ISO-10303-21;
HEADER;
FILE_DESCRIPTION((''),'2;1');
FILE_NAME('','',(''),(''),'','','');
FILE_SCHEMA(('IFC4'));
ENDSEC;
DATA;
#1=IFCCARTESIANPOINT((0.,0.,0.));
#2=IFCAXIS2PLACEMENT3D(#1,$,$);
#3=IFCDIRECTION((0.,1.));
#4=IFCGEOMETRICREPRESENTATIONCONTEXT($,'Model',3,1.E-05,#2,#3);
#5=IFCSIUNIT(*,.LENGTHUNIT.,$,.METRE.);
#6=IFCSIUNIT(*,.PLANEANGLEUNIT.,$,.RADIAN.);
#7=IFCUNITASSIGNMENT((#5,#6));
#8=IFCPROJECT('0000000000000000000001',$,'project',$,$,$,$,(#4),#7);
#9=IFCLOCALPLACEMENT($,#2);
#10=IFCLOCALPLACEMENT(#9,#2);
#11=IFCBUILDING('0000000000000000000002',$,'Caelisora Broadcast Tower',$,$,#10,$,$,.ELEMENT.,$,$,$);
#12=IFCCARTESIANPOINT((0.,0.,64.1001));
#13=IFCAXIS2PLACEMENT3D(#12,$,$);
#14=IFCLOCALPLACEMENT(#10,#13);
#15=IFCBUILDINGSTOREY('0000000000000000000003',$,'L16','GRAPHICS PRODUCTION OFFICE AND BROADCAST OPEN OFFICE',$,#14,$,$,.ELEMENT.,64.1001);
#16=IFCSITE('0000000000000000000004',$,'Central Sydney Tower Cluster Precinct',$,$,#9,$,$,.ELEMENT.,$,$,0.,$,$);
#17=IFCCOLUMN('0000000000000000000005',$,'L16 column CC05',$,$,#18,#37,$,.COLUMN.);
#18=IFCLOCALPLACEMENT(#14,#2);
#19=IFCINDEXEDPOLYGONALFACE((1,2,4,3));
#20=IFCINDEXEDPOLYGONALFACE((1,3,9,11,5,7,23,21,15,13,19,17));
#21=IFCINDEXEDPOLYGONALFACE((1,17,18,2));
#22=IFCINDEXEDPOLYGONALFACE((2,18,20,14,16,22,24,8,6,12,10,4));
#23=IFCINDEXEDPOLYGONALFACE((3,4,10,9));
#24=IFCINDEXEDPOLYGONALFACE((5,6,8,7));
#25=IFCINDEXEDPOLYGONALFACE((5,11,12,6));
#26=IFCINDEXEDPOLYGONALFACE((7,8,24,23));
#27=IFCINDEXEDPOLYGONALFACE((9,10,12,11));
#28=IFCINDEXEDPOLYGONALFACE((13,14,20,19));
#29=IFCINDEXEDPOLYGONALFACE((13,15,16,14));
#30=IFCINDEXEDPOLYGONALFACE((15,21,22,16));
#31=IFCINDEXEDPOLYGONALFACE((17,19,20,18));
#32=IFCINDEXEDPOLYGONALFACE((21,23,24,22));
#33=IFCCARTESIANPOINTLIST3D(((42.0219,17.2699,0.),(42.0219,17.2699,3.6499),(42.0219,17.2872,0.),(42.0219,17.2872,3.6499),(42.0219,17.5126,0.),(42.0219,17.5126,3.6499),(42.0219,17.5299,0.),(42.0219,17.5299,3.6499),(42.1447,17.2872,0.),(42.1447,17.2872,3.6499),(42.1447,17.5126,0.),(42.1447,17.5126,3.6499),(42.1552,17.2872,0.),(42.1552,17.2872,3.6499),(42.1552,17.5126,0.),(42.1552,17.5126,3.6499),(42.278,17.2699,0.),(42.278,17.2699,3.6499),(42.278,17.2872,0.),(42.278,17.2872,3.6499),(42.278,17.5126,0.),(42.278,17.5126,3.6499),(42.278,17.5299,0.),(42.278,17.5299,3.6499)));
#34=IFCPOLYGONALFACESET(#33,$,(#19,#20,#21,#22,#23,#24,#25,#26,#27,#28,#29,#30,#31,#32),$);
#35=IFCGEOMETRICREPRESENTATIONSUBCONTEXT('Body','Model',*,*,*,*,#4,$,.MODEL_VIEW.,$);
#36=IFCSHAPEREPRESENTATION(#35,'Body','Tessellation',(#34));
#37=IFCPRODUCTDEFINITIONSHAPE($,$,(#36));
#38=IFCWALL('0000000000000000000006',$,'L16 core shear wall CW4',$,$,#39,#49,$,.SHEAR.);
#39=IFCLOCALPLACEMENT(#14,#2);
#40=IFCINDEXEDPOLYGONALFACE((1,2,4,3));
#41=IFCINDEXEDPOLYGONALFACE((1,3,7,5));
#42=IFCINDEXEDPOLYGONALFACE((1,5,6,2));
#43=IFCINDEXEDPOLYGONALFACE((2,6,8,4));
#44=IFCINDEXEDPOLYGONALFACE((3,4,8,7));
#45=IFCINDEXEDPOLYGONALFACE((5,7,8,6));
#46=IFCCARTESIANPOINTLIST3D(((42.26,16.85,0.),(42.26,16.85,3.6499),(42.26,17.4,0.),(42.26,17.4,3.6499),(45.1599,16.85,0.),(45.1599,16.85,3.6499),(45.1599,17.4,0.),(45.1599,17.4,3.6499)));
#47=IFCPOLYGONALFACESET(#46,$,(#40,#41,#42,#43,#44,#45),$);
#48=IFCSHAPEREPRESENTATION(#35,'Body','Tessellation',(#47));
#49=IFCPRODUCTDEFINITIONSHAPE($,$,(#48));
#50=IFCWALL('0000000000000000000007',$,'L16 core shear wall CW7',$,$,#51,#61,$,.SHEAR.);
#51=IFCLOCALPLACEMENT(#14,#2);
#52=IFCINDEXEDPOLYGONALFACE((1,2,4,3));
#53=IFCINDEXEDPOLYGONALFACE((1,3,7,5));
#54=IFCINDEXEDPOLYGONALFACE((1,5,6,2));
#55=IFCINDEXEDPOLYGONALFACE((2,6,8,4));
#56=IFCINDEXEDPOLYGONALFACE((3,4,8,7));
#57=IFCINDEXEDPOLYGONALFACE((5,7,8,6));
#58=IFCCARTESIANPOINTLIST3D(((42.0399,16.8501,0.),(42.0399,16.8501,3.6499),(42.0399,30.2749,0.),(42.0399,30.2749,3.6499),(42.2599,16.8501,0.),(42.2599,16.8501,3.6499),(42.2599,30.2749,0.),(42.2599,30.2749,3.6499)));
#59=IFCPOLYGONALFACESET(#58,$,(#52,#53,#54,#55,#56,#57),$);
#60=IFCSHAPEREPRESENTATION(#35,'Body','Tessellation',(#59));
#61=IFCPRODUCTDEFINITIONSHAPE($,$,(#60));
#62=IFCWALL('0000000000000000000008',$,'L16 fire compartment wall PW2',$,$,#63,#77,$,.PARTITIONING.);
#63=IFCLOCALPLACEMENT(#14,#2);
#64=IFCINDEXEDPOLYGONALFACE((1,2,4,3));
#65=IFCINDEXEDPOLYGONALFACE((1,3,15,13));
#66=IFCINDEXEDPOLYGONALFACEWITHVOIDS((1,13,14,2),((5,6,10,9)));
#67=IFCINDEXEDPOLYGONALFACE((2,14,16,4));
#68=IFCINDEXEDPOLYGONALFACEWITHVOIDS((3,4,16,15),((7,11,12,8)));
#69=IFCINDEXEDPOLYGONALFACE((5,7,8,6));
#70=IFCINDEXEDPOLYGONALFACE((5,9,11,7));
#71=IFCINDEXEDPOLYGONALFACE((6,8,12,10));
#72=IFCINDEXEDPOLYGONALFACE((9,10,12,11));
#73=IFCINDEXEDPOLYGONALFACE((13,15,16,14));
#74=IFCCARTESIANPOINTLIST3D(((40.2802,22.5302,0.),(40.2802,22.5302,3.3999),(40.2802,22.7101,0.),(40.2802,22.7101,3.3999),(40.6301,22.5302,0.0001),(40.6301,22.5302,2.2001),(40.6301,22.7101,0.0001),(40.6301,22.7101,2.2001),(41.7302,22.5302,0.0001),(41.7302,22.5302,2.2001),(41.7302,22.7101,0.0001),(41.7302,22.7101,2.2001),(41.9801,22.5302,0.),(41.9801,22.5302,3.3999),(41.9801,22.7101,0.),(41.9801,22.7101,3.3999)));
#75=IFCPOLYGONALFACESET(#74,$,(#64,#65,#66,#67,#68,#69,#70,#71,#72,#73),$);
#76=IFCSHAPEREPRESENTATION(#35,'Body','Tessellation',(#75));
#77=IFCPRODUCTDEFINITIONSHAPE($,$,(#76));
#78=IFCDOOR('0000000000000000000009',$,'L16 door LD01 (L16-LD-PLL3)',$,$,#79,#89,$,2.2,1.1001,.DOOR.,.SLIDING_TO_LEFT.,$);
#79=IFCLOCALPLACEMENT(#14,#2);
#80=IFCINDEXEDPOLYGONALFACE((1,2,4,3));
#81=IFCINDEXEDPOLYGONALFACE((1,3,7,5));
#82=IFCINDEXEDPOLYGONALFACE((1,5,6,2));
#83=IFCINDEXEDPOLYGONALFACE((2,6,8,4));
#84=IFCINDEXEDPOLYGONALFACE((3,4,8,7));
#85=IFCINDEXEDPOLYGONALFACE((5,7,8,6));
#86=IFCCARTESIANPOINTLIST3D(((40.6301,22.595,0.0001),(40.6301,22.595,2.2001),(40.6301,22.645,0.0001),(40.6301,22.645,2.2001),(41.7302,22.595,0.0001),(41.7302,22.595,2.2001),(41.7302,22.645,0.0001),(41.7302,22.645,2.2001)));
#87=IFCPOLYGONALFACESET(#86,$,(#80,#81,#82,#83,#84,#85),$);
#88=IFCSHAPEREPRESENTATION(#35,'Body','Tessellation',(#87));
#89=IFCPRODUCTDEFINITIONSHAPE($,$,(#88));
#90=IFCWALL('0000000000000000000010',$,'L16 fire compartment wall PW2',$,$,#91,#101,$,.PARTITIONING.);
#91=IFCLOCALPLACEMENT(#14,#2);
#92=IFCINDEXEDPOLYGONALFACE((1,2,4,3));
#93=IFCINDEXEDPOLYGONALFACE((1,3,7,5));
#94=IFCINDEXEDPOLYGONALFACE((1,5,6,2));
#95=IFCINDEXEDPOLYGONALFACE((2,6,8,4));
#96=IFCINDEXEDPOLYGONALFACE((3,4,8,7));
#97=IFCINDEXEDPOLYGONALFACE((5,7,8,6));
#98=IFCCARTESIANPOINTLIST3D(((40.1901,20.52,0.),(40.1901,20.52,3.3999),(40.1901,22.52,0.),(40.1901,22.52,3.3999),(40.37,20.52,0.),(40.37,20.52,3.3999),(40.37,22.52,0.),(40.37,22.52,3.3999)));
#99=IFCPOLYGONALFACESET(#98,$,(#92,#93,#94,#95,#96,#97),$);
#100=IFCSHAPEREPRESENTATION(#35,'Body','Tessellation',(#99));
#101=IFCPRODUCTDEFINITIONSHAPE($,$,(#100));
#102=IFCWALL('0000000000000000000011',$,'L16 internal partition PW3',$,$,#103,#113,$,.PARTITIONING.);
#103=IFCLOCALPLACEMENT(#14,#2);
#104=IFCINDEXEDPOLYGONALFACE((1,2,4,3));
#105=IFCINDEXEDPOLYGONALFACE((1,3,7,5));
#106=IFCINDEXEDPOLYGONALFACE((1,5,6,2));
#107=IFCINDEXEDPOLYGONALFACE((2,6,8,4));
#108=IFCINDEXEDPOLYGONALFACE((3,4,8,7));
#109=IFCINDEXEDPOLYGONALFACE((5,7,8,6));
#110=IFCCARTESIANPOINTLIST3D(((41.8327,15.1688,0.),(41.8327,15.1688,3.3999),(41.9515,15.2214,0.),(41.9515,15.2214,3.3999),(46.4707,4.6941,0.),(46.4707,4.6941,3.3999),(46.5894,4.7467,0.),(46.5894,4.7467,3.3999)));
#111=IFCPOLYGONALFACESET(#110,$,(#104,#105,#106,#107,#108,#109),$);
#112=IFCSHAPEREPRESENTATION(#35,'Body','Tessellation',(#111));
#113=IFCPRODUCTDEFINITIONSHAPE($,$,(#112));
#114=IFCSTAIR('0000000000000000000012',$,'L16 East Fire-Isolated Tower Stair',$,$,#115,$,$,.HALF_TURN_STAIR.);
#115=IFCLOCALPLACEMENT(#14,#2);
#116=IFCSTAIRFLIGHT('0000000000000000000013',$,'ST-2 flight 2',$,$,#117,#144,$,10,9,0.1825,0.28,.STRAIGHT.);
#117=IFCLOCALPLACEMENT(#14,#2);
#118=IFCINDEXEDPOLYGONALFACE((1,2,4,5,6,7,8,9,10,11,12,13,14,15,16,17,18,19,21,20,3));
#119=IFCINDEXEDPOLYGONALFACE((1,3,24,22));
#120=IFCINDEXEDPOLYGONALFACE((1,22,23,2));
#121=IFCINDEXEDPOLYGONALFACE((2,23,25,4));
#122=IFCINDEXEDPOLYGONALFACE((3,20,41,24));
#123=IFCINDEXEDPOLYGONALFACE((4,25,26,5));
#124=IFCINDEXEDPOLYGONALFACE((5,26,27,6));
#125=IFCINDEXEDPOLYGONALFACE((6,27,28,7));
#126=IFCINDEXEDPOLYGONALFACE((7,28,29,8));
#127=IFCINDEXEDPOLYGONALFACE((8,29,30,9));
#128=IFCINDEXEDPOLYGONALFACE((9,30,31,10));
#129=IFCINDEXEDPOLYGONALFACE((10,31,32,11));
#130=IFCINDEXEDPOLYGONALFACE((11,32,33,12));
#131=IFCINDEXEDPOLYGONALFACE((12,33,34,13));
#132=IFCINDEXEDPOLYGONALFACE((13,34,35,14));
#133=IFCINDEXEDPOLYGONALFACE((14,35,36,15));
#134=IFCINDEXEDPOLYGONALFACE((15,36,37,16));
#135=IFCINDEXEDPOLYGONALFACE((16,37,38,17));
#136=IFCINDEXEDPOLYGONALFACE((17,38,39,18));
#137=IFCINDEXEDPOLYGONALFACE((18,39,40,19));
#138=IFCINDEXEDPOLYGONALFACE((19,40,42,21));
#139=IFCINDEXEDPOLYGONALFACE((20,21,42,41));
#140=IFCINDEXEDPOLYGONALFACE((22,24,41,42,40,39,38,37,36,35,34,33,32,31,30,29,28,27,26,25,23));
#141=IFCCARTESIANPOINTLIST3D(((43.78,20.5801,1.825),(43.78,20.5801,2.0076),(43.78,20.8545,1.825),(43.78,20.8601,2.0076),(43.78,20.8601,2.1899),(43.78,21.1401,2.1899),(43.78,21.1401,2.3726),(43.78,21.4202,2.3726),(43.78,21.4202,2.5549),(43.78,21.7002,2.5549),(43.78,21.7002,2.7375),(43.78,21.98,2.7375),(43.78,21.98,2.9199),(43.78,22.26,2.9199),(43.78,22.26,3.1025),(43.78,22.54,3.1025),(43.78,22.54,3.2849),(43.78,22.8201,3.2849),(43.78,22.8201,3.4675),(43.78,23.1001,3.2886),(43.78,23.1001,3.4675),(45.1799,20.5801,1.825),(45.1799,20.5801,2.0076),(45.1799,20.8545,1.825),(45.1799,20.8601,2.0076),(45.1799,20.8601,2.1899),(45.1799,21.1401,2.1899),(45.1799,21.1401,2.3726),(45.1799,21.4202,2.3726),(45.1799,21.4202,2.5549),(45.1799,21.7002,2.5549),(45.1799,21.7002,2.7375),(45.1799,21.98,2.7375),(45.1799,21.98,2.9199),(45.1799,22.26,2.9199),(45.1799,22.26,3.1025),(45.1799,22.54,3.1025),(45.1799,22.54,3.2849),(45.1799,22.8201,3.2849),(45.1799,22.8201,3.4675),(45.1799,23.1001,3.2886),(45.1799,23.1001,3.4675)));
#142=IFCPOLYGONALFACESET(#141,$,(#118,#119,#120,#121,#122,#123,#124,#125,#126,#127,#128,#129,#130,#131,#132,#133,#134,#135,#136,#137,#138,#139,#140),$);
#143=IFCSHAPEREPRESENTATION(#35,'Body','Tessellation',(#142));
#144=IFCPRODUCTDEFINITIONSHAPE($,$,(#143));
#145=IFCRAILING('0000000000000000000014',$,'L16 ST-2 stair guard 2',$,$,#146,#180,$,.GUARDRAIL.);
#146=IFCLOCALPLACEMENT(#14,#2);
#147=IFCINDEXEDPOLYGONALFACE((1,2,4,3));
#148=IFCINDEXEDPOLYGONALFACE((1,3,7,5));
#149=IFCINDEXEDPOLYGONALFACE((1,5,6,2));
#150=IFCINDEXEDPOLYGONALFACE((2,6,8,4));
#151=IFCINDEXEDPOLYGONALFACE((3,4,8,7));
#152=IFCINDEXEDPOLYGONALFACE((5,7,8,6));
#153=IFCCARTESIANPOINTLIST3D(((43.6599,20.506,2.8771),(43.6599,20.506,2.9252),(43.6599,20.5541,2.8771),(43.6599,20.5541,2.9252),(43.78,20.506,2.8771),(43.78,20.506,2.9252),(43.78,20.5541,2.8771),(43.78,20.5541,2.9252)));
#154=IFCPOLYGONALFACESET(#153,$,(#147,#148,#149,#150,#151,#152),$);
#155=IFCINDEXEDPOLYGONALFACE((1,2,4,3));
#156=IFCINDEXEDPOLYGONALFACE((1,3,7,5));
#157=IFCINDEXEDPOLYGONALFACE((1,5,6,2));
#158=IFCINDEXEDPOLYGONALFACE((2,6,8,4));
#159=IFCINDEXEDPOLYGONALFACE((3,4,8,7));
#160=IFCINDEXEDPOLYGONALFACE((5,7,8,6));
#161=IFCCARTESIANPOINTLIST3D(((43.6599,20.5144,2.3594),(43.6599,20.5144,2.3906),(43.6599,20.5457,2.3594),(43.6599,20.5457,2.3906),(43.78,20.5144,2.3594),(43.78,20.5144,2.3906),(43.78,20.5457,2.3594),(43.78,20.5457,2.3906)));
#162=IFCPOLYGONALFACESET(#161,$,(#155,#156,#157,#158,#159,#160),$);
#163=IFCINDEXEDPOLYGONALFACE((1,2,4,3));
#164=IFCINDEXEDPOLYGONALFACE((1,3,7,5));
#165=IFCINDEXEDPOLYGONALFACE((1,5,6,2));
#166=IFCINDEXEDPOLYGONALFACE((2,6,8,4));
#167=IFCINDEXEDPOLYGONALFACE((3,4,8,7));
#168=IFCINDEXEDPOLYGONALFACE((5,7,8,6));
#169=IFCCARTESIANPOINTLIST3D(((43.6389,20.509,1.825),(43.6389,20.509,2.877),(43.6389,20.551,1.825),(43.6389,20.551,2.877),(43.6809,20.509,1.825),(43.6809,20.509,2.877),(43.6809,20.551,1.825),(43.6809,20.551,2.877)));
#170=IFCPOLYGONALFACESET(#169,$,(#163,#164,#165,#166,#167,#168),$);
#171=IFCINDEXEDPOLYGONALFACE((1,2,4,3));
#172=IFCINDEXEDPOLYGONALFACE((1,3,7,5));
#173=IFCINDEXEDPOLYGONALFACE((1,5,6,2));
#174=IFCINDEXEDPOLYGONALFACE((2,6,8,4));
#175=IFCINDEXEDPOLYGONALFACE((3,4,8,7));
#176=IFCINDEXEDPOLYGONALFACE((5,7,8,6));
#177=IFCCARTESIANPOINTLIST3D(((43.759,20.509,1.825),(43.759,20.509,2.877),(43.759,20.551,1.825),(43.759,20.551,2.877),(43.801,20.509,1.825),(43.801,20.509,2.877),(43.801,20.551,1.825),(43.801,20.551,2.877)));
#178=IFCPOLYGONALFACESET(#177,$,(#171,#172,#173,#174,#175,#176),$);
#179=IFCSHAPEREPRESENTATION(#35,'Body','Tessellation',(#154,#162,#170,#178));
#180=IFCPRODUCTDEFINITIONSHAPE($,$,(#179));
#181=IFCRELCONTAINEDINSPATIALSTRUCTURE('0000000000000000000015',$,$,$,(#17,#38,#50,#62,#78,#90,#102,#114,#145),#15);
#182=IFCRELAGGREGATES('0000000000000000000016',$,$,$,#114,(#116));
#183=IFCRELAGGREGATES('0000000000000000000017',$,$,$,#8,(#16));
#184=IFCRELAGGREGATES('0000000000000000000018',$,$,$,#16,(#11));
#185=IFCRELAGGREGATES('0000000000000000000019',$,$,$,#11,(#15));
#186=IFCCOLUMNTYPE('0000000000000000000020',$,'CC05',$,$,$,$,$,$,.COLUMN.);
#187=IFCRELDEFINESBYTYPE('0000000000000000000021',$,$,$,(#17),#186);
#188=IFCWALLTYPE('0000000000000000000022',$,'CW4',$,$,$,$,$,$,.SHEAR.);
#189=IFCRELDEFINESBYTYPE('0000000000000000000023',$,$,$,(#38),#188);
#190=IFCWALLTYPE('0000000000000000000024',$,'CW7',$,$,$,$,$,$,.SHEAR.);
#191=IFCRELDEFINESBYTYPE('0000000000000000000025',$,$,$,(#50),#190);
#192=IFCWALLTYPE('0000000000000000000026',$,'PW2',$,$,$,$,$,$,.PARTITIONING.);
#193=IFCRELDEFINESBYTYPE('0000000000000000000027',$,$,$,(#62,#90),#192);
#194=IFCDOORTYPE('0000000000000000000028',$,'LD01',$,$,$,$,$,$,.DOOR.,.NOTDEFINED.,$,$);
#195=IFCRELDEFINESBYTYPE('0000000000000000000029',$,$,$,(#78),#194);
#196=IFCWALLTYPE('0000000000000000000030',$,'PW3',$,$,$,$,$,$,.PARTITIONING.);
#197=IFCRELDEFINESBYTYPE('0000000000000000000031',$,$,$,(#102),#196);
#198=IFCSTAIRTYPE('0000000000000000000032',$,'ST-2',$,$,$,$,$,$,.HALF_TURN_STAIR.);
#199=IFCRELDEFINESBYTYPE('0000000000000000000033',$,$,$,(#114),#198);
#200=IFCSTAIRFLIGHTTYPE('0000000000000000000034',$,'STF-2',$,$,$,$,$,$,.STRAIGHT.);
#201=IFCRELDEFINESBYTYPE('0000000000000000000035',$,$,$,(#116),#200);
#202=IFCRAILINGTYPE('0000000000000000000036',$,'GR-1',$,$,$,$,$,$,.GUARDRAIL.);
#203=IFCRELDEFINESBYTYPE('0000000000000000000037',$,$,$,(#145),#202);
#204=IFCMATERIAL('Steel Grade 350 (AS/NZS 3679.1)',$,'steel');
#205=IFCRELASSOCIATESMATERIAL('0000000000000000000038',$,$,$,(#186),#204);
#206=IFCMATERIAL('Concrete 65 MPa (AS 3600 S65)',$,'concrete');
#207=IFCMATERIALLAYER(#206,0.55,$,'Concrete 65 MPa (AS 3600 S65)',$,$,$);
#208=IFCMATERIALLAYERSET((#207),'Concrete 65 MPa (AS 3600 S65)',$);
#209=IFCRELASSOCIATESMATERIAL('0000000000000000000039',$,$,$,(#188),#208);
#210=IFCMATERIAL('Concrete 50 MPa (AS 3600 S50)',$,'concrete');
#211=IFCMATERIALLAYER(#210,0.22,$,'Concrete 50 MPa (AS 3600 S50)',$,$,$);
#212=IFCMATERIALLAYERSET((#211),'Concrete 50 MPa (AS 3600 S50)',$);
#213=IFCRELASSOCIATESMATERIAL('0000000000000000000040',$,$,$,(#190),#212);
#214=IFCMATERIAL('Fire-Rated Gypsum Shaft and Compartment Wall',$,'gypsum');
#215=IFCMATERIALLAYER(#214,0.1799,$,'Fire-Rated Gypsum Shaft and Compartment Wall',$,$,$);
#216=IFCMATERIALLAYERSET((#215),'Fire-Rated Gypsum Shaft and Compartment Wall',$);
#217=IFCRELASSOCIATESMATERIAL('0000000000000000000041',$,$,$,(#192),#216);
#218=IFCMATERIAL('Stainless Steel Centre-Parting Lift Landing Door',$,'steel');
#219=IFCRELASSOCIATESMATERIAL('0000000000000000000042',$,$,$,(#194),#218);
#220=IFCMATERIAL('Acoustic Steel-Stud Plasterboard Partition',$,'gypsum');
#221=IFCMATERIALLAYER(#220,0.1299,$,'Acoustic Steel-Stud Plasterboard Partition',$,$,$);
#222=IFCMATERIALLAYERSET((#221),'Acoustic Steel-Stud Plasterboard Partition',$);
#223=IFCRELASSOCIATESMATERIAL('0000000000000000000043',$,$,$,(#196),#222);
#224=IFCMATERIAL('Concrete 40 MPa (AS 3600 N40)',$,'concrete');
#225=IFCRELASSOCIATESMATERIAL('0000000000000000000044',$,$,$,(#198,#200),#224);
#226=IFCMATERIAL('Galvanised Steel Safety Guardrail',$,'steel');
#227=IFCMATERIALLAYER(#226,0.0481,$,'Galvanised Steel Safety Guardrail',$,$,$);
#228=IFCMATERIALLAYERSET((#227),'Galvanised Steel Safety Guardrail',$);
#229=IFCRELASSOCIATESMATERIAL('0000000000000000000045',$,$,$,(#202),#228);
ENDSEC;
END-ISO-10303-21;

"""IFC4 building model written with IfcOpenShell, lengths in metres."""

from ifc_helpers import new_model, si_unit, direction, frame, frame_2d, origin, origin_2d, place, context, subcontext, project, spatial, polyline, rectangle, i_section, outline, extrude, source, transform, mapped, material, layer, layer_set, material_profile, profile_set, type_object, type_shapes, element, fill, aggregate, save


model = new_model("IFC4")

# Units and contexts
model_context = context("Model", 3, precision=1e-05, world=origin(), true_north=direction((0.0, 1.0)))
body_context = subcontext(model_context, "Body", "Model", "MODEL_VIEW")
ifc_project = project(units=[si_unit("LENGTHUNIT", "METRE"), si_unit("PLANEANGLEUNIT", "RADIAN")], contexts=[model_context])

# Site, building, storey
site_placement = place(None, origin())
site = spatial("IfcSite", under=ifc_project, at=site_placement, Name="Central Sydney Tower Cluster Precinct", CompositionType="ELEMENT", RefElevation=0.0)
building_placement = place(site_placement, origin())
building = spatial("IfcBuilding", under=site, at=building_placement, Name="Caelisora Broadcast Tower", CompositionType="ELEMENT")
storey_placement = place(building_placement, frame((0.0, 0.0, 64.1001)))
storey = spatial("IfcBuildingStorey", under=building, at=storey_placement, Name="L16", Description="GRAPHICS PRODUCTION OFFICE AND BROADCAST OPEN OFFICE", CompositionType="ELEMENT", Elevation=64.1001)

# Column
ifc_material_1 = material(Name="Steel Grade 350 (AS/NZS 3679.1)", Category="steel")
ifc_material_profile = material_profile(ifc_material_1, i_section(OverallWidth=0.2561, OverallDepth=0.26, WebThickness=0.0105, FlangeThickness=0.0173, at=origin_2d()), Name="Steel Grade 350 (AS/NZS 3679.1)")
ifc_profile_set = profile_set([ifc_material_profile], Name="Steel Grade 350 (AS/NZS 3679.1)")
column_type = type_object("IfcColumnType", Name="CC05", PredefinedType="COLUMN", material=ifc_profile_set)
shared_shape = source(origin(), body_context, "Body", "SweptSolid", [
    extrude(i_section(OverallWidth=0.2561, OverallDepth=0.26, WebThickness=0.0105, FlangeThickness=0.0173, at=origin_2d()), origin(), (0.0, 0.0, 1.0), 3.6499),
])
type_shapes(column_type, [shared_shape])
column_placement = place(storey_placement, frame((42.1499, 17.3999, 0.0), z_axis=(0.0, 0.0, 1.0), x_axis=(1.0, 0.0, 0.0)))
element("IfcColumn", 1, at=column_placement, inside=storey, type_object=column_type, Name="L16 column CC05", PredefinedType="COLUMN", context=body_context, shape_type="MappedRepresentation", body=[
    mapped(shared_shape, transform((0.0, 0.0, 0.0), scale=1.0)),
])

# Walls
ifc_material_2 = material(Name="Concrete 65 MPa (AS 3600 S65)", Category="concrete")
ifc_layer_1 = layer(ifc_material_2, 0.55, Name="Concrete 65 MPa (AS 3600 S65)")
ifc_layer_set_1 = layer_set([ifc_layer_1], Name="Concrete 65 MPa (AS 3600 S65)")
wall_type_1 = type_object("IfcWallType", Name="CW4", PredefinedType="SHEAR", material=ifc_layer_set_1)
wall_1_placement = place(storey_placement, frame((42.26, 17.125, 0.0), z_axis=(0.0, 0.0, 1.0), x_axis=(1.0, 0.0, 0.0)))
element("IfcWall", 2, at=wall_1_placement, inside=storey, type_object=wall_type_1, Name="L16 core shear wall CW4", PredefinedType="SHEAR", context=body_context, shape_type="SweptSolid", body=[
    extrude(rectangle(XDim=2.8999, YDim=0.55, at=frame_2d((1.45, 0.0))), origin(), (0.0, 0.0, 1.0), 3.6499),
])
ifc_material_3 = material(Name="Concrete 50 MPa (AS 3600 S50)", Category="concrete")
ifc_layer_2 = layer(ifc_material_3, 0.22, Name="Concrete 50 MPa (AS 3600 S50)")
ifc_layer_set_2 = layer_set([ifc_layer_2], Name="Concrete 50 MPa (AS 3600 S50)")
wall_type_2 = type_object("IfcWallType", Name="CW7", PredefinedType="SHEAR", material=ifc_layer_set_2)
wall_2_placement = place(storey_placement, frame((42.1499, 16.8501, 0.0), z_axis=(0.0, 0.0, 1.0), x_axis=(0.0, 1.0, 0.0)))
element("IfcWall", 3, at=wall_2_placement, inside=storey, type_object=wall_type_2, Name="L16 core shear wall CW7", PredefinedType="SHEAR", context=body_context, shape_type="SweptSolid", body=[
    extrude(rectangle(XDim=13.4248, YDim=0.22, at=frame_2d((6.7124, 0.0))), origin(), (0.0, 0.0, 1.0), 3.6499),
])

# Wall, opening, door
ifc_material_4 = material(Name="Fire-Rated Gypsum Shaft and Compartment Wall", Category="gypsum")
ifc_layer_3 = layer(ifc_material_4, 0.1799, Name="Fire-Rated Gypsum Shaft and Compartment Wall")
ifc_layer_set_3 = layer_set([ifc_layer_3], Name="Fire-Rated Gypsum Shaft and Compartment Wall")
wall_type_3 = type_object("IfcWallType", Name="PW2", PredefinedType="PARTITIONING", material=ifc_layer_set_3)
wall_3_placement = place(storey_placement, frame((40.28, 22.6201, 0.0), z_axis=(0.0, 0.0, 1.0), x_axis=(1.0, 0.0, 0.0)))
wall_3 = element("IfcWall", 4, at=wall_3_placement, inside=storey, type_object=wall_type_3, Name="L16 fire compartment wall PW2", PredefinedType="PARTITIONING", context=body_context, shape_type="SweptSolid", body=[
    extrude(rectangle(XDim=1.7, YDim=0.1799, at=frame_2d((0.8501, 0.0))), origin(), (0.0, 0.0, 1.0), 3.3999),
])
opening_1_placement = place(wall_3_placement, frame((0.3501, 0.0, 0.0)))
opening_1 = element("IfcOpeningElement", 5, at=opening_1_placement, cuts=wall_3, PredefinedType="OPENING", context=body_context, shape_type="SweptSolid", body=[
    extrude(rectangle(XDim=1.1001, YDim=2.2, at=frame_2d((0.55, 1.1001))), frame((0.0, 0.1021, 0.0), z_axis=(0.0, -1.0, 0.0), x_axis=(1.0, 0.0, 0.0)), (0.0, 0.0, 1.0), 0.2039),
])
ifc_material_5 = material(Name="Stainless Steel Centre-Parting Lift Landing Door", Category="steel")
door_type_1 = type_object("IfcDoorType", Name="LD01", OperationType="NOTDEFINED", PredefinedType="DOOR", material=ifc_material_5)
door_1_placement = place(opening_1_placement, origin())
door_1 = element("IfcDoor", 6, at=door_1_placement, inside=storey, type_object=door_type_1, Name="L16 door LD01 (L16-LD-PLL3)", OperationType="SLIDING_TO_LEFT", OverallHeight=2.2, OverallWidth=1.1001, PredefinedType="DOOR", context=body_context, shape_type="SweptSolid", body=[
    extrude(rectangle(XDim=1.1001, YDim=2.2, at=frame_2d((0.55, 1.1001))), frame((0.0, 0.0249, 0.0), z_axis=(0.0, -1.0, 0.0), x_axis=(1.0, 0.0, 0.0)), (0.0, 0.0, 1.0), 0.05),
])
fill(opening_1, door_1)

# Walls
wall_4_placement = place(storey_placement, frame((40.28, 20.52, 0.0), z_axis=(0.0, 0.0, 1.0), x_axis=(0.0, 1.0, 0.0)))
element("IfcWall", 7, at=wall_4_placement, inside=storey, type_object=wall_type_3, Name="L16 fire compartment wall PW2", PredefinedType="PARTITIONING", context=body_context, shape_type="SweptSolid", body=[
    extrude(rectangle(XDim=2.0, YDim=0.1799, at=frame_2d((1.0, 0.0))), origin(), (0.0, 0.0, 1.0), 3.3999),
])
ifc_material_6 = material(Name="Acoustic Steel-Stud Plasterboard Partition", Category="gypsum")
ifc_layer_4 = layer(ifc_material_6, 0.1299, Name="Acoustic Steel-Stud Plasterboard Partition")
ifc_layer_set_4 = layer_set([ifc_layer_4], Name="Acoustic Steel-Stud Plasterboard Partition")
wall_type_4 = type_object("IfcWallType", Name="PW3", PredefinedType="PARTITIONING", material=ifc_layer_set_4)
wall_5_placement = place(storey_placement, frame((41.8921, 15.1951, 0.0), z_axis=(0.0, 0.0, 1.0), x_axis=(0.404867, -0.914376, 0.0)))
element("IfcWall", 8, at=wall_5_placement, inside=storey, type_object=wall_type_4, Name="L16 internal partition PW3", PredefinedType="PARTITIONING", context=body_context, shape_type="SweptSolid", body=[
    extrude(rectangle(XDim=11.4556, YDim=0.1299, at=frame_2d((5.7278, 0.0))), origin(), (0.0, 0.0, 1.0), 3.3999),
])

# Stair, stair flight
ifc_material_7 = material(Name="Concrete 40 MPa (AS 3600 N40)", Category="concrete")
stair_type = type_object("IfcStairType", Name="ST-2", PredefinedType="HALF_TURN_STAIR", material=ifc_material_7)
stair_placement = place(storey_placement, origin())
stair = element("IfcStair", 9, at=stair_placement, inside=storey, type_object=stair_type, Name="L16 East Fire-Isolated Tower Stair", PredefinedType="HALF_TURN_STAIR")
stair_flight_type = type_object("IfcStairFlightType", Name="STF-2", PredefinedType="STRAIGHT", material=ifc_material_7)
stair_flight_placement = place(storey_placement, frame((44.48, 20.5801, 1.825), z_axis=(0.0, 0.0, 1.0), x_axis=(0.0, 1.0, 0.0)))
stair_flight = element("IfcStairFlight", 10, at=stair_flight_placement, type_object=stair_flight_type, Name="ST-2 flight 2", NumberOfRisers=10, NumberOfTreads=9, PredefinedType="STRAIGHT", RiserHeight=0.1825, TreadLength=0.28, context=body_context, shape_type="SweptSolid", body=[
    extrude(outline(polyline([(0.0, 0.0), (0.0, 0.1826), (0.28, 0.1826), (0.28, 0.365), (0.5601, 0.365), (0.5601, 0.5476), (0.8401, 0.5476), (0.8401, 0.73), (1.1201, 0.73), (1.1201, 0.9126), (1.3999, 0.9126), (1.3999, 1.095), (1.6799, 1.095), (1.6799, 1.2776), (1.96, 1.2776), (1.96, 1.46), (2.24, 1.46), (2.24, 1.6426), (2.52, 1.6426), (2.52, 1.825), (2.52, 1.4636), (0.2744, 0.0), (0.0, 0.0)])), frame((0.0, 0.7, 0.0), z_axis=(0.0, -1.0, 0.0), x_axis=(1.0, 0.0, 0.0)), (0.0, 0.0, 1.0), 1.3999),
])
aggregate(stair, [stair_flight])

# Railing
ifc_material_8 = material(Name="Galvanised Steel Safety Guardrail", Category="steel")
ifc_layer_5 = layer(ifc_material_8, 0.0481, Name="Galvanised Steel Safety Guardrail")
ifc_layer_set_5 = layer_set([ifc_layer_5], Name="Galvanised Steel Safety Guardrail")
railing_type_1 = type_object("IfcRailingType", Name="GR-1", PredefinedType="GUARDRAIL", material=ifc_layer_set_5)
railing_1_placement = place(storey_placement, frame((43.6599, 20.53, 1.825)))
element("IfcRailing", 11, at=railing_1_placement, inside=storey, type_object=railing_type_1, Name="L16 ST-2 stair guard 2", PredefinedType="GUARDRAIL", context=body_context, shape_type="SweptSolid", body=[
    extrude(rectangle(XDim=0.0481, YDim=0.0481, at=origin_2d()), frame((0.0, 0.0, 1.0762), z_axis=(1.0, 0.0, 0.0), x_axis=(0.0, 1.0, 0.0)), (0.0, 0.0, 1.0), 0.1201),
    extrude(rectangle(XDim=0.0312, YDim=0.0312, at=origin_2d()), frame((0.0, 0.0, 0.55), z_axis=(1.0, 0.0, 0.0), x_axis=(0.0, 1.0, 0.0)), (0.0, 0.0, 1.0), 0.1201),
    extrude(rectangle(XDim=0.042, YDim=0.042, at=origin_2d()), origin(), (0.0, 0.0, 1.0), 1.052),
    extrude(rectangle(XDim=0.042, YDim=0.042, at=origin_2d()), frame((0.1201, 0.0, 0.0)), (0.0, 0.0, 1.0), 1.052),
])

save(model, "model.ifc")
